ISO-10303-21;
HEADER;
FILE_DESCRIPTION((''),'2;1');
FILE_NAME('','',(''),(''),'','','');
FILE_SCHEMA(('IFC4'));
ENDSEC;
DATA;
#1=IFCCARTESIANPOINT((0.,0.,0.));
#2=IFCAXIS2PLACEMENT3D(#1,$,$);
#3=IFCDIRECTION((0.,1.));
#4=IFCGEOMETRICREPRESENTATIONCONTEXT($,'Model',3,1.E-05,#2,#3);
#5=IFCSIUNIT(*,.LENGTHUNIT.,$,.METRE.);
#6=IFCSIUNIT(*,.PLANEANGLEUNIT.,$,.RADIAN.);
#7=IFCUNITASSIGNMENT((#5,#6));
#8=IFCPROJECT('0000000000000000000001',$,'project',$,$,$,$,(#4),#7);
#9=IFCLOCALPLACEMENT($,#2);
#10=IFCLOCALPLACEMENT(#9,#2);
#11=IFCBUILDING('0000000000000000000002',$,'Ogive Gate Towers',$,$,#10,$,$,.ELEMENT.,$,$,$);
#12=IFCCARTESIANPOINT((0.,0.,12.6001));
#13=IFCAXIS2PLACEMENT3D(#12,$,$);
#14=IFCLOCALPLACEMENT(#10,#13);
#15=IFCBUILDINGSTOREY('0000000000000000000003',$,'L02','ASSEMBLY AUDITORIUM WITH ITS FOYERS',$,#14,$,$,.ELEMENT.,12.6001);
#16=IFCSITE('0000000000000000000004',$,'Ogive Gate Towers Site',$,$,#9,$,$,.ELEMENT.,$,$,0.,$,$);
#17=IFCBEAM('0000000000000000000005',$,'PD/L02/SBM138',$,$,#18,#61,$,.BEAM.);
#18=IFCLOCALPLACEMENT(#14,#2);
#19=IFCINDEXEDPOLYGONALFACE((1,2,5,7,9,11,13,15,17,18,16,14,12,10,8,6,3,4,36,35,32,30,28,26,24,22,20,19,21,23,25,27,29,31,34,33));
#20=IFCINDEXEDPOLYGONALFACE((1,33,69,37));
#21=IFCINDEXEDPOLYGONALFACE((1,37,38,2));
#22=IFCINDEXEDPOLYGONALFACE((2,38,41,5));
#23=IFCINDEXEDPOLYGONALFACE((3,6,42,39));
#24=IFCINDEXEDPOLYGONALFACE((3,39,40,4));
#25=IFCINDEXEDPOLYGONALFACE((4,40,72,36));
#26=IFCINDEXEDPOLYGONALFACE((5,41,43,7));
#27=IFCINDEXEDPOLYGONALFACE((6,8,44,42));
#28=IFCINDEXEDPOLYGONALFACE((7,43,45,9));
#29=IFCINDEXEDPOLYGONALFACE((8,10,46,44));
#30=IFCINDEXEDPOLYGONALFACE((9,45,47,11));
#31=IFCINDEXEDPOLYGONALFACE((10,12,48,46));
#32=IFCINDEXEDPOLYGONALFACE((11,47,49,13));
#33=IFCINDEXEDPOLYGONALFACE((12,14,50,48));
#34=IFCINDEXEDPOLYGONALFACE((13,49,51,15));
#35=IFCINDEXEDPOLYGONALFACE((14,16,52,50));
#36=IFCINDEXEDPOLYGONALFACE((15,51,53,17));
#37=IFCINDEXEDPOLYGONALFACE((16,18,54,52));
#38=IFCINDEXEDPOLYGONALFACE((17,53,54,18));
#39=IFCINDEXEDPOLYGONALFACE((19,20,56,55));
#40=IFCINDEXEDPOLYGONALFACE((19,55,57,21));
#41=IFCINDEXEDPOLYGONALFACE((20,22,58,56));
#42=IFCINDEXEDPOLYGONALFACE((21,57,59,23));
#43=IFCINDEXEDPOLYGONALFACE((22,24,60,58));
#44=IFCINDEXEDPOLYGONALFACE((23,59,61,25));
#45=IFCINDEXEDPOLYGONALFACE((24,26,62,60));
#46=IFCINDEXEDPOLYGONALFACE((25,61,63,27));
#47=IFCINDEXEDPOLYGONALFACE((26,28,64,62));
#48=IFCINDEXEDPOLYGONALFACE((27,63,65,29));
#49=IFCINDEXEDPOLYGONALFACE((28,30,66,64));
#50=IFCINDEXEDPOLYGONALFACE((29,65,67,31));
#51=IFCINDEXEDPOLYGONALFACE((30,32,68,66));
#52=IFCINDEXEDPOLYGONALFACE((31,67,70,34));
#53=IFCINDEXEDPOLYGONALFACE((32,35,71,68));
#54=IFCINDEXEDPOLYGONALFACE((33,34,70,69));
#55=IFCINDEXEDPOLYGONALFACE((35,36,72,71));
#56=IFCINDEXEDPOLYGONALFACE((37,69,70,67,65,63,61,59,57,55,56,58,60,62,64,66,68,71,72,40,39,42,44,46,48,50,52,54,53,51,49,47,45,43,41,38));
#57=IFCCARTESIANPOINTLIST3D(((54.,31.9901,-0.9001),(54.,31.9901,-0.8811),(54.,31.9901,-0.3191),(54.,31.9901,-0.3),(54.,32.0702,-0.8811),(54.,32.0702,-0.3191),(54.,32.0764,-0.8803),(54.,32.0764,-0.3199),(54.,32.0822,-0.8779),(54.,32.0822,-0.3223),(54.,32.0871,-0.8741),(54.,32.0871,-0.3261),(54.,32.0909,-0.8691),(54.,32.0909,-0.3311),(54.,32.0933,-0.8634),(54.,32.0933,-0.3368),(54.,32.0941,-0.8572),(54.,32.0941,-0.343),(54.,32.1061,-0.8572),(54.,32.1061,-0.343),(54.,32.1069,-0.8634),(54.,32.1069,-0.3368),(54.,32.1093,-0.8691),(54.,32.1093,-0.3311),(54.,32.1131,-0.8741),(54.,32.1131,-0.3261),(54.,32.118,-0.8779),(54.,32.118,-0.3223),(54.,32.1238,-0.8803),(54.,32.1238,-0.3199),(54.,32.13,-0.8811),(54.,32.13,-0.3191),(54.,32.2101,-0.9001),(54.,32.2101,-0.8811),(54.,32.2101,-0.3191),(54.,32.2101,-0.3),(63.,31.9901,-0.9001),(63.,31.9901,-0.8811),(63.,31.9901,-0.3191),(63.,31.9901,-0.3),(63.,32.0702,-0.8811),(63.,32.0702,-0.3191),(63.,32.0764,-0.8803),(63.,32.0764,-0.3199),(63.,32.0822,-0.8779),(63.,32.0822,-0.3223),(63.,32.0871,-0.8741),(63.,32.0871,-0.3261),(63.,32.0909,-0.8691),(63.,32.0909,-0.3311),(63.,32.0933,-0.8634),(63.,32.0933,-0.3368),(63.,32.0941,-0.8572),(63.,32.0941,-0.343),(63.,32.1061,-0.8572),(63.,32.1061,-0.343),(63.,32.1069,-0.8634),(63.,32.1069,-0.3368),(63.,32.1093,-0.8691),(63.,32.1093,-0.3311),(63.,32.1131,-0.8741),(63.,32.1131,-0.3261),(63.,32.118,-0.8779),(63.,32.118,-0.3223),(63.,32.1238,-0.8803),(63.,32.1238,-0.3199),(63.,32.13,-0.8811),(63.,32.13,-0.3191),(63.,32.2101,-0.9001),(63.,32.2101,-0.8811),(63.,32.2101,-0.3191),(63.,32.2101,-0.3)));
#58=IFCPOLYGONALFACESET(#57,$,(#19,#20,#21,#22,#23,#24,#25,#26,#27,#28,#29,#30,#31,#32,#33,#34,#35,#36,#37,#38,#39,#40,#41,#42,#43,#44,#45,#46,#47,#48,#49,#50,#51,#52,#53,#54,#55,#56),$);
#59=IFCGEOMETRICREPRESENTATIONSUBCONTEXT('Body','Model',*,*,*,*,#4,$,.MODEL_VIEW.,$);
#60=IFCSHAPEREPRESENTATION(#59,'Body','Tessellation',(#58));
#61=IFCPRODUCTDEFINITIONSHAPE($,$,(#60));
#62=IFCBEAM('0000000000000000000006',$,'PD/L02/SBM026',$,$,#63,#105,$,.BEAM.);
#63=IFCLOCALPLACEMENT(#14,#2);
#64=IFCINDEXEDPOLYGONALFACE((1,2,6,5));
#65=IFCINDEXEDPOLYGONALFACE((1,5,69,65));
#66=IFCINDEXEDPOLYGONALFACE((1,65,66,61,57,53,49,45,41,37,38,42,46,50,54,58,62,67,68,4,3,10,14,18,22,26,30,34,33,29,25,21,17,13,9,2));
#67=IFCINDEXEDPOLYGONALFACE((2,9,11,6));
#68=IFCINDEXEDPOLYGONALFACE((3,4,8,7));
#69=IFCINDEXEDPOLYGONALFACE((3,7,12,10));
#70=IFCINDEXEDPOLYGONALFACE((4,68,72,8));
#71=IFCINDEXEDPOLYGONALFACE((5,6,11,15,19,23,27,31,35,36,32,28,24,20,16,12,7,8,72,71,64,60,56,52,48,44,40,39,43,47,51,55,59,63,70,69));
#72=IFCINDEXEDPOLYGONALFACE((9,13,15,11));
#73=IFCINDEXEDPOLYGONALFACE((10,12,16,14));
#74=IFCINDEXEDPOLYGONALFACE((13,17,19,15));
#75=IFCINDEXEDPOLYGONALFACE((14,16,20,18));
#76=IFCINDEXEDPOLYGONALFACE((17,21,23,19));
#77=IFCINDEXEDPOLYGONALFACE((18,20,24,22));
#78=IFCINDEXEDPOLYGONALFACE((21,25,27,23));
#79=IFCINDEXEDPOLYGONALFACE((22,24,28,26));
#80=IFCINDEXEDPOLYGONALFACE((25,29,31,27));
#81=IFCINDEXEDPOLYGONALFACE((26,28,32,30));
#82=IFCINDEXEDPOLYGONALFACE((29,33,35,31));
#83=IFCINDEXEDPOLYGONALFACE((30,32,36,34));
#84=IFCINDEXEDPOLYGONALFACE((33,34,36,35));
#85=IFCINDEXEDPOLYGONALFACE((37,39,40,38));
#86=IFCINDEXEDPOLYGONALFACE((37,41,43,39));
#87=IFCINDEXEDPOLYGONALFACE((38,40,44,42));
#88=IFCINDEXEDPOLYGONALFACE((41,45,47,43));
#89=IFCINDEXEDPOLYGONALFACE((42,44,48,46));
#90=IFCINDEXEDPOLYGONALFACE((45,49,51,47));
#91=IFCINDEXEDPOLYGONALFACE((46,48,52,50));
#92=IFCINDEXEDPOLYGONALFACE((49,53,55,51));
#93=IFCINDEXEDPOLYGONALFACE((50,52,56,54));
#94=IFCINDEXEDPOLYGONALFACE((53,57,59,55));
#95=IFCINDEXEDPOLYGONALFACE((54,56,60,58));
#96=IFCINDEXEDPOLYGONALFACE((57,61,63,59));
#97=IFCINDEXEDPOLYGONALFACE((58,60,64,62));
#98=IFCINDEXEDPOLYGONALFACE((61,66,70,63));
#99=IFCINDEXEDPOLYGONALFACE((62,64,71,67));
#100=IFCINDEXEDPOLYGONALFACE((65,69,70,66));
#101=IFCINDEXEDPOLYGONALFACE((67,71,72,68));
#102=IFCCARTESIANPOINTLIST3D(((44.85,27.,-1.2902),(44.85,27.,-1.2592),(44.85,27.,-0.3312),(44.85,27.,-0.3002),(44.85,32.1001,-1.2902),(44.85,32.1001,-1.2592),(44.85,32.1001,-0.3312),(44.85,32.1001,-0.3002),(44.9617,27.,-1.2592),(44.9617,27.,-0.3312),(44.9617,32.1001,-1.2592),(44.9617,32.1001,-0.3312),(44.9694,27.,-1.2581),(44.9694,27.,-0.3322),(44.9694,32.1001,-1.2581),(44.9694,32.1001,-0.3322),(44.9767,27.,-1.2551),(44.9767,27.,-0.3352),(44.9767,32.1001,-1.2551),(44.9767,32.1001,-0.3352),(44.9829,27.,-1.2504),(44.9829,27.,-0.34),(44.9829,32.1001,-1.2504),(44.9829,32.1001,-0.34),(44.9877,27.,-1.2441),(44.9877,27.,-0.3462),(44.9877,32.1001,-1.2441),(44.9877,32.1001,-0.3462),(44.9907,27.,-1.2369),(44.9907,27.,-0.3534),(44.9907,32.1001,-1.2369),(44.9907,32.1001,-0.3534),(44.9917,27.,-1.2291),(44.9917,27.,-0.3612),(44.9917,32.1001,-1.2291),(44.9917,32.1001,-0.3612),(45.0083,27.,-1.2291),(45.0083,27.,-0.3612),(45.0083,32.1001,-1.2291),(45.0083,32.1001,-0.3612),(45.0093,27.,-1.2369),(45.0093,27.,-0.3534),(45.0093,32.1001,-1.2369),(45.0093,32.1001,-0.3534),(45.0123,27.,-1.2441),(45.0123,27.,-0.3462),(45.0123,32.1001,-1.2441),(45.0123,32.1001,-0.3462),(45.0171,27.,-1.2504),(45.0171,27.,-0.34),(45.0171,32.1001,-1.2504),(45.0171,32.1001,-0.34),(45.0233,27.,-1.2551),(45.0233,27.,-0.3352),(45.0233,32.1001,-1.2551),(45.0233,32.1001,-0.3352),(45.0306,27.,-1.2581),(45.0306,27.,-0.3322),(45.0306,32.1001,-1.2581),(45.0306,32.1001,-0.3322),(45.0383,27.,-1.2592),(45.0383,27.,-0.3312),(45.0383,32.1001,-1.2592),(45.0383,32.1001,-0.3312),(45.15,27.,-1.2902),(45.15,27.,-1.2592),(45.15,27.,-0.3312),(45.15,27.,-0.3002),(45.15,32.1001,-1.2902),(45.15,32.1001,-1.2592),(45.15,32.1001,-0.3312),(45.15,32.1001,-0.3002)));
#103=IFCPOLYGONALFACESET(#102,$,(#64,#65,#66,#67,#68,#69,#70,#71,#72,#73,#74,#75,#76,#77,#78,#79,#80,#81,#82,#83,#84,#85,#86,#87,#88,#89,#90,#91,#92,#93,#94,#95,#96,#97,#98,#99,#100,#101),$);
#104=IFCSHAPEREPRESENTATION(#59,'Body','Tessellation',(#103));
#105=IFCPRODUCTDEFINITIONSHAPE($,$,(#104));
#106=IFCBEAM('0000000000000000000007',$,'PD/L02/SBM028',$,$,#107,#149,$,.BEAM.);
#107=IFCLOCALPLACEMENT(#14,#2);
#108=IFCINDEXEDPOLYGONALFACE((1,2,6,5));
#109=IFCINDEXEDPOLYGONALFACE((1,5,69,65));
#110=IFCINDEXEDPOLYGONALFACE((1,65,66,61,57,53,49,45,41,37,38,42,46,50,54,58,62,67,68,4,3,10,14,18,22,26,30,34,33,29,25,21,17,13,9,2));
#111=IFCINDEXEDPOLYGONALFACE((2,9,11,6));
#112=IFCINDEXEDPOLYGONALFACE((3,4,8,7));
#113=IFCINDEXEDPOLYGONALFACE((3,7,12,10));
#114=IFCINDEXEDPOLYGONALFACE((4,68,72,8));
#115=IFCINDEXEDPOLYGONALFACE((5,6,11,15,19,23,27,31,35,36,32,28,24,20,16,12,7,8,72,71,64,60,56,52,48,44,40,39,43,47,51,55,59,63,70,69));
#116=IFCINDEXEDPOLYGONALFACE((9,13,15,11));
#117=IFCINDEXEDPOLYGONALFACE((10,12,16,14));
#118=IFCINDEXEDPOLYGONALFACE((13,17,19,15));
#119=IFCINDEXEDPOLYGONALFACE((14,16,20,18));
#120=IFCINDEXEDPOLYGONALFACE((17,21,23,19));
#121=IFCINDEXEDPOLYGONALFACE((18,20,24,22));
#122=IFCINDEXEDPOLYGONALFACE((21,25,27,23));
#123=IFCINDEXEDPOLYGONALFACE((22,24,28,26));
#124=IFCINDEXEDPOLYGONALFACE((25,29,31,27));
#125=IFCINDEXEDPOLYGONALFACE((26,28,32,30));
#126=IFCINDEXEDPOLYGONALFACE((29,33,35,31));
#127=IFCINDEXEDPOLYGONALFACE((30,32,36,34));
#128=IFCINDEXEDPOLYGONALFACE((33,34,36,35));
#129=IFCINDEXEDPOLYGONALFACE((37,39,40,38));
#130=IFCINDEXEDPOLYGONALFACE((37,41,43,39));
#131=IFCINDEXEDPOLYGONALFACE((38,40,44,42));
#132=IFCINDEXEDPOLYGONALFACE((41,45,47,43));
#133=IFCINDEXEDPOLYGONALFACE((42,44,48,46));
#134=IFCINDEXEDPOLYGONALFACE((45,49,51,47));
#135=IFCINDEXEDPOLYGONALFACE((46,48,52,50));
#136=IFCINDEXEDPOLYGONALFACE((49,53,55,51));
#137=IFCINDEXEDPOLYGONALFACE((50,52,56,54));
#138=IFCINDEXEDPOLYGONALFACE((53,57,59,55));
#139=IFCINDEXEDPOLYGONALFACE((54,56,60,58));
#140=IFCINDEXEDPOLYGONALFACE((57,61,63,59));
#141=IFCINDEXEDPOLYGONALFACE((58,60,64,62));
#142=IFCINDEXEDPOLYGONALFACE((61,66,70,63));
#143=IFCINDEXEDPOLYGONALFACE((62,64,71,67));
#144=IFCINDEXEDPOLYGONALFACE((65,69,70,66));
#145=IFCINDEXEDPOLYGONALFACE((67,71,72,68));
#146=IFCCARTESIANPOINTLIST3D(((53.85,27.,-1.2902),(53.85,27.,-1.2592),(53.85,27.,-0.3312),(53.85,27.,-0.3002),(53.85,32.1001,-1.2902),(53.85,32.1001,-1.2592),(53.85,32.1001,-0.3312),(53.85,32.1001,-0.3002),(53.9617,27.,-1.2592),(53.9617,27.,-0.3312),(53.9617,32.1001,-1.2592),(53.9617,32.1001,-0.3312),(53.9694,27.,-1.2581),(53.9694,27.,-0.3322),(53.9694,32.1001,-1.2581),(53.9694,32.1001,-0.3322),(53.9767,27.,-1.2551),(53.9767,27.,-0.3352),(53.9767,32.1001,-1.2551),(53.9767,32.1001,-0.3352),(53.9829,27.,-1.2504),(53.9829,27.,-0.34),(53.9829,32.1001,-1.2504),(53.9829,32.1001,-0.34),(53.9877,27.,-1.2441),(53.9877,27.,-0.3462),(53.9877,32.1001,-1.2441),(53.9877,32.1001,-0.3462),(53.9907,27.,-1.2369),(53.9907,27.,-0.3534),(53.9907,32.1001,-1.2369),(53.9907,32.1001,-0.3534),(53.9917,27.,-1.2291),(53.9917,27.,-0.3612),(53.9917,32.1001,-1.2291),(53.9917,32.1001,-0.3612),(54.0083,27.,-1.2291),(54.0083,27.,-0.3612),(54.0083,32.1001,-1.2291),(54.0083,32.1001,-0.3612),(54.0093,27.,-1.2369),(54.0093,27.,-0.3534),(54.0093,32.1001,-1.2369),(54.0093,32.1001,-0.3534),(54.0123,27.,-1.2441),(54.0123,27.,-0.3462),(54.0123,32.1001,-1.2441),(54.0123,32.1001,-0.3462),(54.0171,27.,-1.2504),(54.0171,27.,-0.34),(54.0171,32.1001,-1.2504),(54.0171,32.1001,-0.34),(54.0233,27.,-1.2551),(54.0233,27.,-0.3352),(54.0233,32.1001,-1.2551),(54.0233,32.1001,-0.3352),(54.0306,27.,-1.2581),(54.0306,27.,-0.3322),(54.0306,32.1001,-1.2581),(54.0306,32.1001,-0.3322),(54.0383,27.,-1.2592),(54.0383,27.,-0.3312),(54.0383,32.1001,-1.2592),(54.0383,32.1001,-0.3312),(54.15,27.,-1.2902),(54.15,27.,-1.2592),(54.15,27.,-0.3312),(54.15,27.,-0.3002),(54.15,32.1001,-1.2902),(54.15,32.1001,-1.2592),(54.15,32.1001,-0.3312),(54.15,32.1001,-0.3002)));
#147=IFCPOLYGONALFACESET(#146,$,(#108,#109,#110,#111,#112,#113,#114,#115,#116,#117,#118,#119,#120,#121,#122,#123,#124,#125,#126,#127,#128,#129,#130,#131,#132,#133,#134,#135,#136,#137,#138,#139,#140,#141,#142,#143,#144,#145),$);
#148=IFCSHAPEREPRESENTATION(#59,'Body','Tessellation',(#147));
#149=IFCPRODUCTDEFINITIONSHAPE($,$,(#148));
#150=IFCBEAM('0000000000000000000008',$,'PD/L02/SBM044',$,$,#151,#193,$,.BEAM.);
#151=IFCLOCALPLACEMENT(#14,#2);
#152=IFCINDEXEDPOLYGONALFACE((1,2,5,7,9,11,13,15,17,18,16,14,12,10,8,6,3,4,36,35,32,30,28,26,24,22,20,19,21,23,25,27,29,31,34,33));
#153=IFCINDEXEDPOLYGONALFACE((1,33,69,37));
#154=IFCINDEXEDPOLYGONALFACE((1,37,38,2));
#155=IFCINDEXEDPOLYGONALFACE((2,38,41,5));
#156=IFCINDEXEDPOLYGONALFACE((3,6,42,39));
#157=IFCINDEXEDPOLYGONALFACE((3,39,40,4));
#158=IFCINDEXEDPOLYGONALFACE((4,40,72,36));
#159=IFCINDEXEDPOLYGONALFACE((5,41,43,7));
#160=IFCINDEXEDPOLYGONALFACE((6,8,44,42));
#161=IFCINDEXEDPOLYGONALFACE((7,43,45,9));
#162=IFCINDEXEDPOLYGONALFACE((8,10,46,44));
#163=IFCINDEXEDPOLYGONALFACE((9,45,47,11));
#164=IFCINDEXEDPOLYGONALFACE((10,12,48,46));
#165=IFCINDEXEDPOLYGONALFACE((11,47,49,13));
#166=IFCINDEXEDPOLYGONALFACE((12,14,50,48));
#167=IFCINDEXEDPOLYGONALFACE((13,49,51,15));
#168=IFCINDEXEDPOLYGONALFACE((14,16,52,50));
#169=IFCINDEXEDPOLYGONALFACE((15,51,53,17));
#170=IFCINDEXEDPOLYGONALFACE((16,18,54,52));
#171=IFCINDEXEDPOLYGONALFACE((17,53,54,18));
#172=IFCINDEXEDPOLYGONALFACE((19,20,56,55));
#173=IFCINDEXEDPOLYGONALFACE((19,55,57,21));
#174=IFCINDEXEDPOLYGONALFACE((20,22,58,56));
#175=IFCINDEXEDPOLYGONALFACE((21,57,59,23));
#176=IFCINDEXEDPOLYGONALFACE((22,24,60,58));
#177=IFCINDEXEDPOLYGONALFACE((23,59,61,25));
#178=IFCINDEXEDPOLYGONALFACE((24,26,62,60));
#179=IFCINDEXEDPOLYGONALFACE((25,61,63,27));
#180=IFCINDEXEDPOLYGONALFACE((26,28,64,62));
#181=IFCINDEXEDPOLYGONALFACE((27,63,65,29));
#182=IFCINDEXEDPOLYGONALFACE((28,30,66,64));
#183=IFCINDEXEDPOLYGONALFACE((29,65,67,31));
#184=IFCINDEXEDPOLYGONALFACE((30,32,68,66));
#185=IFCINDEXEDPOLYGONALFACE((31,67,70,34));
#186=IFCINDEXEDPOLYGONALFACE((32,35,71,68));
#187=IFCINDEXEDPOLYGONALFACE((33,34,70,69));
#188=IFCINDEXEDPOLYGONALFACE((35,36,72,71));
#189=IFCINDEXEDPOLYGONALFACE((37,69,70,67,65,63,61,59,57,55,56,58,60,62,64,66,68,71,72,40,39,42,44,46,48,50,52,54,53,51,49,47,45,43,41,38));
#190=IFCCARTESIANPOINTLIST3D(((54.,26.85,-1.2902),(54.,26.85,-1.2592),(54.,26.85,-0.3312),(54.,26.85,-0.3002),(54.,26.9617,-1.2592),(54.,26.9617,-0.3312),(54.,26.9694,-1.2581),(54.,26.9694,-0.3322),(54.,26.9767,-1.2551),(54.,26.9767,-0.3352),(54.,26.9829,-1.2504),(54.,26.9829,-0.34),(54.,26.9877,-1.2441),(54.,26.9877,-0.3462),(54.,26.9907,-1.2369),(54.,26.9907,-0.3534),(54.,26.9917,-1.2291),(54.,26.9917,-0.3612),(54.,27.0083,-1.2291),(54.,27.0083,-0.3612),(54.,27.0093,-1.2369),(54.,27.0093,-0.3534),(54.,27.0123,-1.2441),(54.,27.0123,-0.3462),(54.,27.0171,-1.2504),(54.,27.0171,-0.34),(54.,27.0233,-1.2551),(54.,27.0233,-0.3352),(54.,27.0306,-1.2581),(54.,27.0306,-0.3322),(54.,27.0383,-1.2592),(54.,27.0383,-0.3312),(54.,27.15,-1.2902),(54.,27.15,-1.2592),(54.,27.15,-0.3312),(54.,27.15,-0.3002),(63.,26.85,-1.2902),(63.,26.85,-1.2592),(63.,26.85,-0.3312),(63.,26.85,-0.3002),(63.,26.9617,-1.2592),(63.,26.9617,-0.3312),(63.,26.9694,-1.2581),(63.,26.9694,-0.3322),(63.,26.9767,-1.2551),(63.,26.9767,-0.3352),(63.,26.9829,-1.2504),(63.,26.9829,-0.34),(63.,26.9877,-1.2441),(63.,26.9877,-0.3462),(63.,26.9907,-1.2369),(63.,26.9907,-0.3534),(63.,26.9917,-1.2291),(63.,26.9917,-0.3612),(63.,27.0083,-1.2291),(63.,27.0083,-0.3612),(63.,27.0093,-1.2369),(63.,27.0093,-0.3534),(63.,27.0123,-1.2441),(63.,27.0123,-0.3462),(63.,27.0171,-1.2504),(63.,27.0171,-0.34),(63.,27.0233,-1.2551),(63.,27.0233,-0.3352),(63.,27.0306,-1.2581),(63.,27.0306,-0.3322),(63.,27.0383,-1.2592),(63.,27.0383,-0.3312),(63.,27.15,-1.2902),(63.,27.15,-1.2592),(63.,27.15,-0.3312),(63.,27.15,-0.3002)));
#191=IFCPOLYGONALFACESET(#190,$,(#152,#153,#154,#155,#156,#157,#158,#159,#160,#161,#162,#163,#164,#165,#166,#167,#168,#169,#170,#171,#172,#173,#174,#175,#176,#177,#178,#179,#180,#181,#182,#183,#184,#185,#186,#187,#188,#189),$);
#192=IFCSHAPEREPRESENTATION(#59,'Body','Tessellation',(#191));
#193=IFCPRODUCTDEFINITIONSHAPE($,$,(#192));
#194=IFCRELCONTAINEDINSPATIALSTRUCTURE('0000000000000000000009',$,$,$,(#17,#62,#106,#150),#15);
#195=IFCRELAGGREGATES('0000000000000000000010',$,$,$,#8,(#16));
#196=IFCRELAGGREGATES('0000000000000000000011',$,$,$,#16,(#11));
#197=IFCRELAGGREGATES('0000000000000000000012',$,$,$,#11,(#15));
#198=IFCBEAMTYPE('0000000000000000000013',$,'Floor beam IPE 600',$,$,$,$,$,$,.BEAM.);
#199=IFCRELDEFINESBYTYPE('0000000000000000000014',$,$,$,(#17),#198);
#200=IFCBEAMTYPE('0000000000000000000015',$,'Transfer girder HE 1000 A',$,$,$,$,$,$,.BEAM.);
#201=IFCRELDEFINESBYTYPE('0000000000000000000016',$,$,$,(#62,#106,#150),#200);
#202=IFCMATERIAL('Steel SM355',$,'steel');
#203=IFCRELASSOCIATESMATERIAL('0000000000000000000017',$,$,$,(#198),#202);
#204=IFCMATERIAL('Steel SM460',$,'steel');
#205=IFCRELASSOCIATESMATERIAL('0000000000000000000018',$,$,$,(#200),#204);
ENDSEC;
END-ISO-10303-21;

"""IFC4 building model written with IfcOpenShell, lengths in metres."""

from ifc_helpers import new_model, si_unit, direction, frame, origin, origin_2d, place, context, subcontext, project, spatial, i_section, extrude, material, material_profile, profile_set, type_object, element, save


model = new_model("IFC4")

# Units and contexts
model_context = context("Model", 3, precision=1e-05, world=origin(), true_north=direction((0.0, 1.0)))
body_context = subcontext(model_context, "Body", "Model", "MODEL_VIEW")
ifc_project = project(units=[si_unit("LENGTHUNIT", "METRE"), si_unit("PLANEANGLEUNIT", "RADIAN")], contexts=[model_context])

# Site, building, storey
site_placement = place(None, origin())
site = spatial("IfcSite", under=ifc_project, at=site_placement, Name="Ogive Gate Towers Site", CompositionType="ELEMENT", RefElevation=0.0)
building_placement = place(site_placement, origin())
building = spatial("IfcBuilding", under=site, at=building_placement, Name="Ogive Gate Towers", CompositionType="ELEMENT")
storey_placement = place(building_placement, frame((0.0, 0.0, 12.6001)))
storey = spatial("IfcBuildingStorey", under=building, at=storey_placement, Name="L02", Description="ASSEMBLY AUDITORIUM WITH ITS FOYERS", CompositionType="ELEMENT", Elevation=12.6001)

# Beams
ifc_material_1 = material(Name="Steel SM355", Category="steel")
ifc_material_profile_1 = material_profile(ifc_material_1, i_section(OverallWidth=0.22, OverallDepth=0.6001, WebThickness=0.012, FlangeThickness=0.019, FilletRadius=0.0239, at=origin_2d()), Name="IPE 600")
ifc_profile_set_1 = profile_set([ifc_material_profile_1], Name="Steel SM355")
beam_type_1 = type_object("IfcBeamType", Name="Floor beam IPE 600", PredefinedType="BEAM", material=ifc_profile_set_1)
for number, where, z_axis, x_axis, name in (
    (1, (54.0, 32.1001, -0.6001), (1.0, 0.0, 0.0), (0.0, 1.0, 0.0), "PD/L02/SBM138"),
):
    element("IfcBeam", number, at=place(storey_placement, frame(where, z_axis=z_axis, x_axis=x_axis)), inside=storey, type_object=beam_type_1, Name=name, PredefinedType="BEAM", context=body_context, shape_type="SweptSolid", body=[
        extrude(i_section(OverallWidth=0.22, OverallDepth=0.6001, WebThickness=0.012, FlangeThickness=0.019, FilletRadius=0.0239, at=origin_2d()), origin(), (0.0, 0.0, 1.0), 9.0),
    ])
ifc_material_2 = material(Name="Steel SM460", Category="steel")
ifc_material_profile_2 = material_profile(ifc_material_2, i_section(OverallWidth=0.3, OverallDepth=0.99, WebThickness=0.0166, FlangeThickness=0.031, FilletRadius=0.03, at=origin_2d()), Name="HE 1000 A")
ifc_profile_set_2 = profile_set([ifc_material_profile_2], Name="Steel SM460")
beam_type_2 = type_object("IfcBeamType", Name="Transfer girder HE 1000 A", PredefinedType="BEAM", material=ifc_profile_set_2)
for number, where, z_axis, x_axis, name in (
    (2, (45.0, 27.0, -0.7952), (0.0, 1.0, 0.0), (-1.0, 0.0, 0.0), "PD/L02/SBM026"),
    (3, (54.0, 27.0, -0.7952), (0.0, 1.0, 0.0), (-1.0, 0.0, 0.0), "PD/L02/SBM028"),
):
    element("IfcBeam", number, at=place(storey_placement, frame(where, z_axis=z_axis, x_axis=x_axis)), inside=storey, type_object=beam_type_2, Name=name, PredefinedType="BEAM", context=body_context, shape_type="SweptSolid", body=[
        extrude(i_section(OverallWidth=0.3, OverallDepth=0.99, WebThickness=0.0166, FlangeThickness=0.031, FilletRadius=0.03, at=origin_2d()), origin(), (0.0, 0.0, 1.0), 5.1001),
    ])
beam_1_placement = place(storey_placement, frame((54.0, 27.0, -0.7952), z_axis=(1.0, 0.0, 0.0), x_axis=(0.0, 1.0, 0.0)))
element("IfcBeam", 4, at=beam_1_placement, inside=storey, type_object=beam_type_2, Name="PD/L02/SBM044", PredefinedType="BEAM", context=body_context, shape_type="SweptSolid", body=[
    extrude(i_section(OverallWidth=0.3, OverallDepth=0.99, WebThickness=0.0166, FlangeThickness=0.031, FilletRadius=0.03, at=origin_2d()), origin(), (0.0, 0.0, 1.0), 9.0),
])

save(model, "model.ifc")
